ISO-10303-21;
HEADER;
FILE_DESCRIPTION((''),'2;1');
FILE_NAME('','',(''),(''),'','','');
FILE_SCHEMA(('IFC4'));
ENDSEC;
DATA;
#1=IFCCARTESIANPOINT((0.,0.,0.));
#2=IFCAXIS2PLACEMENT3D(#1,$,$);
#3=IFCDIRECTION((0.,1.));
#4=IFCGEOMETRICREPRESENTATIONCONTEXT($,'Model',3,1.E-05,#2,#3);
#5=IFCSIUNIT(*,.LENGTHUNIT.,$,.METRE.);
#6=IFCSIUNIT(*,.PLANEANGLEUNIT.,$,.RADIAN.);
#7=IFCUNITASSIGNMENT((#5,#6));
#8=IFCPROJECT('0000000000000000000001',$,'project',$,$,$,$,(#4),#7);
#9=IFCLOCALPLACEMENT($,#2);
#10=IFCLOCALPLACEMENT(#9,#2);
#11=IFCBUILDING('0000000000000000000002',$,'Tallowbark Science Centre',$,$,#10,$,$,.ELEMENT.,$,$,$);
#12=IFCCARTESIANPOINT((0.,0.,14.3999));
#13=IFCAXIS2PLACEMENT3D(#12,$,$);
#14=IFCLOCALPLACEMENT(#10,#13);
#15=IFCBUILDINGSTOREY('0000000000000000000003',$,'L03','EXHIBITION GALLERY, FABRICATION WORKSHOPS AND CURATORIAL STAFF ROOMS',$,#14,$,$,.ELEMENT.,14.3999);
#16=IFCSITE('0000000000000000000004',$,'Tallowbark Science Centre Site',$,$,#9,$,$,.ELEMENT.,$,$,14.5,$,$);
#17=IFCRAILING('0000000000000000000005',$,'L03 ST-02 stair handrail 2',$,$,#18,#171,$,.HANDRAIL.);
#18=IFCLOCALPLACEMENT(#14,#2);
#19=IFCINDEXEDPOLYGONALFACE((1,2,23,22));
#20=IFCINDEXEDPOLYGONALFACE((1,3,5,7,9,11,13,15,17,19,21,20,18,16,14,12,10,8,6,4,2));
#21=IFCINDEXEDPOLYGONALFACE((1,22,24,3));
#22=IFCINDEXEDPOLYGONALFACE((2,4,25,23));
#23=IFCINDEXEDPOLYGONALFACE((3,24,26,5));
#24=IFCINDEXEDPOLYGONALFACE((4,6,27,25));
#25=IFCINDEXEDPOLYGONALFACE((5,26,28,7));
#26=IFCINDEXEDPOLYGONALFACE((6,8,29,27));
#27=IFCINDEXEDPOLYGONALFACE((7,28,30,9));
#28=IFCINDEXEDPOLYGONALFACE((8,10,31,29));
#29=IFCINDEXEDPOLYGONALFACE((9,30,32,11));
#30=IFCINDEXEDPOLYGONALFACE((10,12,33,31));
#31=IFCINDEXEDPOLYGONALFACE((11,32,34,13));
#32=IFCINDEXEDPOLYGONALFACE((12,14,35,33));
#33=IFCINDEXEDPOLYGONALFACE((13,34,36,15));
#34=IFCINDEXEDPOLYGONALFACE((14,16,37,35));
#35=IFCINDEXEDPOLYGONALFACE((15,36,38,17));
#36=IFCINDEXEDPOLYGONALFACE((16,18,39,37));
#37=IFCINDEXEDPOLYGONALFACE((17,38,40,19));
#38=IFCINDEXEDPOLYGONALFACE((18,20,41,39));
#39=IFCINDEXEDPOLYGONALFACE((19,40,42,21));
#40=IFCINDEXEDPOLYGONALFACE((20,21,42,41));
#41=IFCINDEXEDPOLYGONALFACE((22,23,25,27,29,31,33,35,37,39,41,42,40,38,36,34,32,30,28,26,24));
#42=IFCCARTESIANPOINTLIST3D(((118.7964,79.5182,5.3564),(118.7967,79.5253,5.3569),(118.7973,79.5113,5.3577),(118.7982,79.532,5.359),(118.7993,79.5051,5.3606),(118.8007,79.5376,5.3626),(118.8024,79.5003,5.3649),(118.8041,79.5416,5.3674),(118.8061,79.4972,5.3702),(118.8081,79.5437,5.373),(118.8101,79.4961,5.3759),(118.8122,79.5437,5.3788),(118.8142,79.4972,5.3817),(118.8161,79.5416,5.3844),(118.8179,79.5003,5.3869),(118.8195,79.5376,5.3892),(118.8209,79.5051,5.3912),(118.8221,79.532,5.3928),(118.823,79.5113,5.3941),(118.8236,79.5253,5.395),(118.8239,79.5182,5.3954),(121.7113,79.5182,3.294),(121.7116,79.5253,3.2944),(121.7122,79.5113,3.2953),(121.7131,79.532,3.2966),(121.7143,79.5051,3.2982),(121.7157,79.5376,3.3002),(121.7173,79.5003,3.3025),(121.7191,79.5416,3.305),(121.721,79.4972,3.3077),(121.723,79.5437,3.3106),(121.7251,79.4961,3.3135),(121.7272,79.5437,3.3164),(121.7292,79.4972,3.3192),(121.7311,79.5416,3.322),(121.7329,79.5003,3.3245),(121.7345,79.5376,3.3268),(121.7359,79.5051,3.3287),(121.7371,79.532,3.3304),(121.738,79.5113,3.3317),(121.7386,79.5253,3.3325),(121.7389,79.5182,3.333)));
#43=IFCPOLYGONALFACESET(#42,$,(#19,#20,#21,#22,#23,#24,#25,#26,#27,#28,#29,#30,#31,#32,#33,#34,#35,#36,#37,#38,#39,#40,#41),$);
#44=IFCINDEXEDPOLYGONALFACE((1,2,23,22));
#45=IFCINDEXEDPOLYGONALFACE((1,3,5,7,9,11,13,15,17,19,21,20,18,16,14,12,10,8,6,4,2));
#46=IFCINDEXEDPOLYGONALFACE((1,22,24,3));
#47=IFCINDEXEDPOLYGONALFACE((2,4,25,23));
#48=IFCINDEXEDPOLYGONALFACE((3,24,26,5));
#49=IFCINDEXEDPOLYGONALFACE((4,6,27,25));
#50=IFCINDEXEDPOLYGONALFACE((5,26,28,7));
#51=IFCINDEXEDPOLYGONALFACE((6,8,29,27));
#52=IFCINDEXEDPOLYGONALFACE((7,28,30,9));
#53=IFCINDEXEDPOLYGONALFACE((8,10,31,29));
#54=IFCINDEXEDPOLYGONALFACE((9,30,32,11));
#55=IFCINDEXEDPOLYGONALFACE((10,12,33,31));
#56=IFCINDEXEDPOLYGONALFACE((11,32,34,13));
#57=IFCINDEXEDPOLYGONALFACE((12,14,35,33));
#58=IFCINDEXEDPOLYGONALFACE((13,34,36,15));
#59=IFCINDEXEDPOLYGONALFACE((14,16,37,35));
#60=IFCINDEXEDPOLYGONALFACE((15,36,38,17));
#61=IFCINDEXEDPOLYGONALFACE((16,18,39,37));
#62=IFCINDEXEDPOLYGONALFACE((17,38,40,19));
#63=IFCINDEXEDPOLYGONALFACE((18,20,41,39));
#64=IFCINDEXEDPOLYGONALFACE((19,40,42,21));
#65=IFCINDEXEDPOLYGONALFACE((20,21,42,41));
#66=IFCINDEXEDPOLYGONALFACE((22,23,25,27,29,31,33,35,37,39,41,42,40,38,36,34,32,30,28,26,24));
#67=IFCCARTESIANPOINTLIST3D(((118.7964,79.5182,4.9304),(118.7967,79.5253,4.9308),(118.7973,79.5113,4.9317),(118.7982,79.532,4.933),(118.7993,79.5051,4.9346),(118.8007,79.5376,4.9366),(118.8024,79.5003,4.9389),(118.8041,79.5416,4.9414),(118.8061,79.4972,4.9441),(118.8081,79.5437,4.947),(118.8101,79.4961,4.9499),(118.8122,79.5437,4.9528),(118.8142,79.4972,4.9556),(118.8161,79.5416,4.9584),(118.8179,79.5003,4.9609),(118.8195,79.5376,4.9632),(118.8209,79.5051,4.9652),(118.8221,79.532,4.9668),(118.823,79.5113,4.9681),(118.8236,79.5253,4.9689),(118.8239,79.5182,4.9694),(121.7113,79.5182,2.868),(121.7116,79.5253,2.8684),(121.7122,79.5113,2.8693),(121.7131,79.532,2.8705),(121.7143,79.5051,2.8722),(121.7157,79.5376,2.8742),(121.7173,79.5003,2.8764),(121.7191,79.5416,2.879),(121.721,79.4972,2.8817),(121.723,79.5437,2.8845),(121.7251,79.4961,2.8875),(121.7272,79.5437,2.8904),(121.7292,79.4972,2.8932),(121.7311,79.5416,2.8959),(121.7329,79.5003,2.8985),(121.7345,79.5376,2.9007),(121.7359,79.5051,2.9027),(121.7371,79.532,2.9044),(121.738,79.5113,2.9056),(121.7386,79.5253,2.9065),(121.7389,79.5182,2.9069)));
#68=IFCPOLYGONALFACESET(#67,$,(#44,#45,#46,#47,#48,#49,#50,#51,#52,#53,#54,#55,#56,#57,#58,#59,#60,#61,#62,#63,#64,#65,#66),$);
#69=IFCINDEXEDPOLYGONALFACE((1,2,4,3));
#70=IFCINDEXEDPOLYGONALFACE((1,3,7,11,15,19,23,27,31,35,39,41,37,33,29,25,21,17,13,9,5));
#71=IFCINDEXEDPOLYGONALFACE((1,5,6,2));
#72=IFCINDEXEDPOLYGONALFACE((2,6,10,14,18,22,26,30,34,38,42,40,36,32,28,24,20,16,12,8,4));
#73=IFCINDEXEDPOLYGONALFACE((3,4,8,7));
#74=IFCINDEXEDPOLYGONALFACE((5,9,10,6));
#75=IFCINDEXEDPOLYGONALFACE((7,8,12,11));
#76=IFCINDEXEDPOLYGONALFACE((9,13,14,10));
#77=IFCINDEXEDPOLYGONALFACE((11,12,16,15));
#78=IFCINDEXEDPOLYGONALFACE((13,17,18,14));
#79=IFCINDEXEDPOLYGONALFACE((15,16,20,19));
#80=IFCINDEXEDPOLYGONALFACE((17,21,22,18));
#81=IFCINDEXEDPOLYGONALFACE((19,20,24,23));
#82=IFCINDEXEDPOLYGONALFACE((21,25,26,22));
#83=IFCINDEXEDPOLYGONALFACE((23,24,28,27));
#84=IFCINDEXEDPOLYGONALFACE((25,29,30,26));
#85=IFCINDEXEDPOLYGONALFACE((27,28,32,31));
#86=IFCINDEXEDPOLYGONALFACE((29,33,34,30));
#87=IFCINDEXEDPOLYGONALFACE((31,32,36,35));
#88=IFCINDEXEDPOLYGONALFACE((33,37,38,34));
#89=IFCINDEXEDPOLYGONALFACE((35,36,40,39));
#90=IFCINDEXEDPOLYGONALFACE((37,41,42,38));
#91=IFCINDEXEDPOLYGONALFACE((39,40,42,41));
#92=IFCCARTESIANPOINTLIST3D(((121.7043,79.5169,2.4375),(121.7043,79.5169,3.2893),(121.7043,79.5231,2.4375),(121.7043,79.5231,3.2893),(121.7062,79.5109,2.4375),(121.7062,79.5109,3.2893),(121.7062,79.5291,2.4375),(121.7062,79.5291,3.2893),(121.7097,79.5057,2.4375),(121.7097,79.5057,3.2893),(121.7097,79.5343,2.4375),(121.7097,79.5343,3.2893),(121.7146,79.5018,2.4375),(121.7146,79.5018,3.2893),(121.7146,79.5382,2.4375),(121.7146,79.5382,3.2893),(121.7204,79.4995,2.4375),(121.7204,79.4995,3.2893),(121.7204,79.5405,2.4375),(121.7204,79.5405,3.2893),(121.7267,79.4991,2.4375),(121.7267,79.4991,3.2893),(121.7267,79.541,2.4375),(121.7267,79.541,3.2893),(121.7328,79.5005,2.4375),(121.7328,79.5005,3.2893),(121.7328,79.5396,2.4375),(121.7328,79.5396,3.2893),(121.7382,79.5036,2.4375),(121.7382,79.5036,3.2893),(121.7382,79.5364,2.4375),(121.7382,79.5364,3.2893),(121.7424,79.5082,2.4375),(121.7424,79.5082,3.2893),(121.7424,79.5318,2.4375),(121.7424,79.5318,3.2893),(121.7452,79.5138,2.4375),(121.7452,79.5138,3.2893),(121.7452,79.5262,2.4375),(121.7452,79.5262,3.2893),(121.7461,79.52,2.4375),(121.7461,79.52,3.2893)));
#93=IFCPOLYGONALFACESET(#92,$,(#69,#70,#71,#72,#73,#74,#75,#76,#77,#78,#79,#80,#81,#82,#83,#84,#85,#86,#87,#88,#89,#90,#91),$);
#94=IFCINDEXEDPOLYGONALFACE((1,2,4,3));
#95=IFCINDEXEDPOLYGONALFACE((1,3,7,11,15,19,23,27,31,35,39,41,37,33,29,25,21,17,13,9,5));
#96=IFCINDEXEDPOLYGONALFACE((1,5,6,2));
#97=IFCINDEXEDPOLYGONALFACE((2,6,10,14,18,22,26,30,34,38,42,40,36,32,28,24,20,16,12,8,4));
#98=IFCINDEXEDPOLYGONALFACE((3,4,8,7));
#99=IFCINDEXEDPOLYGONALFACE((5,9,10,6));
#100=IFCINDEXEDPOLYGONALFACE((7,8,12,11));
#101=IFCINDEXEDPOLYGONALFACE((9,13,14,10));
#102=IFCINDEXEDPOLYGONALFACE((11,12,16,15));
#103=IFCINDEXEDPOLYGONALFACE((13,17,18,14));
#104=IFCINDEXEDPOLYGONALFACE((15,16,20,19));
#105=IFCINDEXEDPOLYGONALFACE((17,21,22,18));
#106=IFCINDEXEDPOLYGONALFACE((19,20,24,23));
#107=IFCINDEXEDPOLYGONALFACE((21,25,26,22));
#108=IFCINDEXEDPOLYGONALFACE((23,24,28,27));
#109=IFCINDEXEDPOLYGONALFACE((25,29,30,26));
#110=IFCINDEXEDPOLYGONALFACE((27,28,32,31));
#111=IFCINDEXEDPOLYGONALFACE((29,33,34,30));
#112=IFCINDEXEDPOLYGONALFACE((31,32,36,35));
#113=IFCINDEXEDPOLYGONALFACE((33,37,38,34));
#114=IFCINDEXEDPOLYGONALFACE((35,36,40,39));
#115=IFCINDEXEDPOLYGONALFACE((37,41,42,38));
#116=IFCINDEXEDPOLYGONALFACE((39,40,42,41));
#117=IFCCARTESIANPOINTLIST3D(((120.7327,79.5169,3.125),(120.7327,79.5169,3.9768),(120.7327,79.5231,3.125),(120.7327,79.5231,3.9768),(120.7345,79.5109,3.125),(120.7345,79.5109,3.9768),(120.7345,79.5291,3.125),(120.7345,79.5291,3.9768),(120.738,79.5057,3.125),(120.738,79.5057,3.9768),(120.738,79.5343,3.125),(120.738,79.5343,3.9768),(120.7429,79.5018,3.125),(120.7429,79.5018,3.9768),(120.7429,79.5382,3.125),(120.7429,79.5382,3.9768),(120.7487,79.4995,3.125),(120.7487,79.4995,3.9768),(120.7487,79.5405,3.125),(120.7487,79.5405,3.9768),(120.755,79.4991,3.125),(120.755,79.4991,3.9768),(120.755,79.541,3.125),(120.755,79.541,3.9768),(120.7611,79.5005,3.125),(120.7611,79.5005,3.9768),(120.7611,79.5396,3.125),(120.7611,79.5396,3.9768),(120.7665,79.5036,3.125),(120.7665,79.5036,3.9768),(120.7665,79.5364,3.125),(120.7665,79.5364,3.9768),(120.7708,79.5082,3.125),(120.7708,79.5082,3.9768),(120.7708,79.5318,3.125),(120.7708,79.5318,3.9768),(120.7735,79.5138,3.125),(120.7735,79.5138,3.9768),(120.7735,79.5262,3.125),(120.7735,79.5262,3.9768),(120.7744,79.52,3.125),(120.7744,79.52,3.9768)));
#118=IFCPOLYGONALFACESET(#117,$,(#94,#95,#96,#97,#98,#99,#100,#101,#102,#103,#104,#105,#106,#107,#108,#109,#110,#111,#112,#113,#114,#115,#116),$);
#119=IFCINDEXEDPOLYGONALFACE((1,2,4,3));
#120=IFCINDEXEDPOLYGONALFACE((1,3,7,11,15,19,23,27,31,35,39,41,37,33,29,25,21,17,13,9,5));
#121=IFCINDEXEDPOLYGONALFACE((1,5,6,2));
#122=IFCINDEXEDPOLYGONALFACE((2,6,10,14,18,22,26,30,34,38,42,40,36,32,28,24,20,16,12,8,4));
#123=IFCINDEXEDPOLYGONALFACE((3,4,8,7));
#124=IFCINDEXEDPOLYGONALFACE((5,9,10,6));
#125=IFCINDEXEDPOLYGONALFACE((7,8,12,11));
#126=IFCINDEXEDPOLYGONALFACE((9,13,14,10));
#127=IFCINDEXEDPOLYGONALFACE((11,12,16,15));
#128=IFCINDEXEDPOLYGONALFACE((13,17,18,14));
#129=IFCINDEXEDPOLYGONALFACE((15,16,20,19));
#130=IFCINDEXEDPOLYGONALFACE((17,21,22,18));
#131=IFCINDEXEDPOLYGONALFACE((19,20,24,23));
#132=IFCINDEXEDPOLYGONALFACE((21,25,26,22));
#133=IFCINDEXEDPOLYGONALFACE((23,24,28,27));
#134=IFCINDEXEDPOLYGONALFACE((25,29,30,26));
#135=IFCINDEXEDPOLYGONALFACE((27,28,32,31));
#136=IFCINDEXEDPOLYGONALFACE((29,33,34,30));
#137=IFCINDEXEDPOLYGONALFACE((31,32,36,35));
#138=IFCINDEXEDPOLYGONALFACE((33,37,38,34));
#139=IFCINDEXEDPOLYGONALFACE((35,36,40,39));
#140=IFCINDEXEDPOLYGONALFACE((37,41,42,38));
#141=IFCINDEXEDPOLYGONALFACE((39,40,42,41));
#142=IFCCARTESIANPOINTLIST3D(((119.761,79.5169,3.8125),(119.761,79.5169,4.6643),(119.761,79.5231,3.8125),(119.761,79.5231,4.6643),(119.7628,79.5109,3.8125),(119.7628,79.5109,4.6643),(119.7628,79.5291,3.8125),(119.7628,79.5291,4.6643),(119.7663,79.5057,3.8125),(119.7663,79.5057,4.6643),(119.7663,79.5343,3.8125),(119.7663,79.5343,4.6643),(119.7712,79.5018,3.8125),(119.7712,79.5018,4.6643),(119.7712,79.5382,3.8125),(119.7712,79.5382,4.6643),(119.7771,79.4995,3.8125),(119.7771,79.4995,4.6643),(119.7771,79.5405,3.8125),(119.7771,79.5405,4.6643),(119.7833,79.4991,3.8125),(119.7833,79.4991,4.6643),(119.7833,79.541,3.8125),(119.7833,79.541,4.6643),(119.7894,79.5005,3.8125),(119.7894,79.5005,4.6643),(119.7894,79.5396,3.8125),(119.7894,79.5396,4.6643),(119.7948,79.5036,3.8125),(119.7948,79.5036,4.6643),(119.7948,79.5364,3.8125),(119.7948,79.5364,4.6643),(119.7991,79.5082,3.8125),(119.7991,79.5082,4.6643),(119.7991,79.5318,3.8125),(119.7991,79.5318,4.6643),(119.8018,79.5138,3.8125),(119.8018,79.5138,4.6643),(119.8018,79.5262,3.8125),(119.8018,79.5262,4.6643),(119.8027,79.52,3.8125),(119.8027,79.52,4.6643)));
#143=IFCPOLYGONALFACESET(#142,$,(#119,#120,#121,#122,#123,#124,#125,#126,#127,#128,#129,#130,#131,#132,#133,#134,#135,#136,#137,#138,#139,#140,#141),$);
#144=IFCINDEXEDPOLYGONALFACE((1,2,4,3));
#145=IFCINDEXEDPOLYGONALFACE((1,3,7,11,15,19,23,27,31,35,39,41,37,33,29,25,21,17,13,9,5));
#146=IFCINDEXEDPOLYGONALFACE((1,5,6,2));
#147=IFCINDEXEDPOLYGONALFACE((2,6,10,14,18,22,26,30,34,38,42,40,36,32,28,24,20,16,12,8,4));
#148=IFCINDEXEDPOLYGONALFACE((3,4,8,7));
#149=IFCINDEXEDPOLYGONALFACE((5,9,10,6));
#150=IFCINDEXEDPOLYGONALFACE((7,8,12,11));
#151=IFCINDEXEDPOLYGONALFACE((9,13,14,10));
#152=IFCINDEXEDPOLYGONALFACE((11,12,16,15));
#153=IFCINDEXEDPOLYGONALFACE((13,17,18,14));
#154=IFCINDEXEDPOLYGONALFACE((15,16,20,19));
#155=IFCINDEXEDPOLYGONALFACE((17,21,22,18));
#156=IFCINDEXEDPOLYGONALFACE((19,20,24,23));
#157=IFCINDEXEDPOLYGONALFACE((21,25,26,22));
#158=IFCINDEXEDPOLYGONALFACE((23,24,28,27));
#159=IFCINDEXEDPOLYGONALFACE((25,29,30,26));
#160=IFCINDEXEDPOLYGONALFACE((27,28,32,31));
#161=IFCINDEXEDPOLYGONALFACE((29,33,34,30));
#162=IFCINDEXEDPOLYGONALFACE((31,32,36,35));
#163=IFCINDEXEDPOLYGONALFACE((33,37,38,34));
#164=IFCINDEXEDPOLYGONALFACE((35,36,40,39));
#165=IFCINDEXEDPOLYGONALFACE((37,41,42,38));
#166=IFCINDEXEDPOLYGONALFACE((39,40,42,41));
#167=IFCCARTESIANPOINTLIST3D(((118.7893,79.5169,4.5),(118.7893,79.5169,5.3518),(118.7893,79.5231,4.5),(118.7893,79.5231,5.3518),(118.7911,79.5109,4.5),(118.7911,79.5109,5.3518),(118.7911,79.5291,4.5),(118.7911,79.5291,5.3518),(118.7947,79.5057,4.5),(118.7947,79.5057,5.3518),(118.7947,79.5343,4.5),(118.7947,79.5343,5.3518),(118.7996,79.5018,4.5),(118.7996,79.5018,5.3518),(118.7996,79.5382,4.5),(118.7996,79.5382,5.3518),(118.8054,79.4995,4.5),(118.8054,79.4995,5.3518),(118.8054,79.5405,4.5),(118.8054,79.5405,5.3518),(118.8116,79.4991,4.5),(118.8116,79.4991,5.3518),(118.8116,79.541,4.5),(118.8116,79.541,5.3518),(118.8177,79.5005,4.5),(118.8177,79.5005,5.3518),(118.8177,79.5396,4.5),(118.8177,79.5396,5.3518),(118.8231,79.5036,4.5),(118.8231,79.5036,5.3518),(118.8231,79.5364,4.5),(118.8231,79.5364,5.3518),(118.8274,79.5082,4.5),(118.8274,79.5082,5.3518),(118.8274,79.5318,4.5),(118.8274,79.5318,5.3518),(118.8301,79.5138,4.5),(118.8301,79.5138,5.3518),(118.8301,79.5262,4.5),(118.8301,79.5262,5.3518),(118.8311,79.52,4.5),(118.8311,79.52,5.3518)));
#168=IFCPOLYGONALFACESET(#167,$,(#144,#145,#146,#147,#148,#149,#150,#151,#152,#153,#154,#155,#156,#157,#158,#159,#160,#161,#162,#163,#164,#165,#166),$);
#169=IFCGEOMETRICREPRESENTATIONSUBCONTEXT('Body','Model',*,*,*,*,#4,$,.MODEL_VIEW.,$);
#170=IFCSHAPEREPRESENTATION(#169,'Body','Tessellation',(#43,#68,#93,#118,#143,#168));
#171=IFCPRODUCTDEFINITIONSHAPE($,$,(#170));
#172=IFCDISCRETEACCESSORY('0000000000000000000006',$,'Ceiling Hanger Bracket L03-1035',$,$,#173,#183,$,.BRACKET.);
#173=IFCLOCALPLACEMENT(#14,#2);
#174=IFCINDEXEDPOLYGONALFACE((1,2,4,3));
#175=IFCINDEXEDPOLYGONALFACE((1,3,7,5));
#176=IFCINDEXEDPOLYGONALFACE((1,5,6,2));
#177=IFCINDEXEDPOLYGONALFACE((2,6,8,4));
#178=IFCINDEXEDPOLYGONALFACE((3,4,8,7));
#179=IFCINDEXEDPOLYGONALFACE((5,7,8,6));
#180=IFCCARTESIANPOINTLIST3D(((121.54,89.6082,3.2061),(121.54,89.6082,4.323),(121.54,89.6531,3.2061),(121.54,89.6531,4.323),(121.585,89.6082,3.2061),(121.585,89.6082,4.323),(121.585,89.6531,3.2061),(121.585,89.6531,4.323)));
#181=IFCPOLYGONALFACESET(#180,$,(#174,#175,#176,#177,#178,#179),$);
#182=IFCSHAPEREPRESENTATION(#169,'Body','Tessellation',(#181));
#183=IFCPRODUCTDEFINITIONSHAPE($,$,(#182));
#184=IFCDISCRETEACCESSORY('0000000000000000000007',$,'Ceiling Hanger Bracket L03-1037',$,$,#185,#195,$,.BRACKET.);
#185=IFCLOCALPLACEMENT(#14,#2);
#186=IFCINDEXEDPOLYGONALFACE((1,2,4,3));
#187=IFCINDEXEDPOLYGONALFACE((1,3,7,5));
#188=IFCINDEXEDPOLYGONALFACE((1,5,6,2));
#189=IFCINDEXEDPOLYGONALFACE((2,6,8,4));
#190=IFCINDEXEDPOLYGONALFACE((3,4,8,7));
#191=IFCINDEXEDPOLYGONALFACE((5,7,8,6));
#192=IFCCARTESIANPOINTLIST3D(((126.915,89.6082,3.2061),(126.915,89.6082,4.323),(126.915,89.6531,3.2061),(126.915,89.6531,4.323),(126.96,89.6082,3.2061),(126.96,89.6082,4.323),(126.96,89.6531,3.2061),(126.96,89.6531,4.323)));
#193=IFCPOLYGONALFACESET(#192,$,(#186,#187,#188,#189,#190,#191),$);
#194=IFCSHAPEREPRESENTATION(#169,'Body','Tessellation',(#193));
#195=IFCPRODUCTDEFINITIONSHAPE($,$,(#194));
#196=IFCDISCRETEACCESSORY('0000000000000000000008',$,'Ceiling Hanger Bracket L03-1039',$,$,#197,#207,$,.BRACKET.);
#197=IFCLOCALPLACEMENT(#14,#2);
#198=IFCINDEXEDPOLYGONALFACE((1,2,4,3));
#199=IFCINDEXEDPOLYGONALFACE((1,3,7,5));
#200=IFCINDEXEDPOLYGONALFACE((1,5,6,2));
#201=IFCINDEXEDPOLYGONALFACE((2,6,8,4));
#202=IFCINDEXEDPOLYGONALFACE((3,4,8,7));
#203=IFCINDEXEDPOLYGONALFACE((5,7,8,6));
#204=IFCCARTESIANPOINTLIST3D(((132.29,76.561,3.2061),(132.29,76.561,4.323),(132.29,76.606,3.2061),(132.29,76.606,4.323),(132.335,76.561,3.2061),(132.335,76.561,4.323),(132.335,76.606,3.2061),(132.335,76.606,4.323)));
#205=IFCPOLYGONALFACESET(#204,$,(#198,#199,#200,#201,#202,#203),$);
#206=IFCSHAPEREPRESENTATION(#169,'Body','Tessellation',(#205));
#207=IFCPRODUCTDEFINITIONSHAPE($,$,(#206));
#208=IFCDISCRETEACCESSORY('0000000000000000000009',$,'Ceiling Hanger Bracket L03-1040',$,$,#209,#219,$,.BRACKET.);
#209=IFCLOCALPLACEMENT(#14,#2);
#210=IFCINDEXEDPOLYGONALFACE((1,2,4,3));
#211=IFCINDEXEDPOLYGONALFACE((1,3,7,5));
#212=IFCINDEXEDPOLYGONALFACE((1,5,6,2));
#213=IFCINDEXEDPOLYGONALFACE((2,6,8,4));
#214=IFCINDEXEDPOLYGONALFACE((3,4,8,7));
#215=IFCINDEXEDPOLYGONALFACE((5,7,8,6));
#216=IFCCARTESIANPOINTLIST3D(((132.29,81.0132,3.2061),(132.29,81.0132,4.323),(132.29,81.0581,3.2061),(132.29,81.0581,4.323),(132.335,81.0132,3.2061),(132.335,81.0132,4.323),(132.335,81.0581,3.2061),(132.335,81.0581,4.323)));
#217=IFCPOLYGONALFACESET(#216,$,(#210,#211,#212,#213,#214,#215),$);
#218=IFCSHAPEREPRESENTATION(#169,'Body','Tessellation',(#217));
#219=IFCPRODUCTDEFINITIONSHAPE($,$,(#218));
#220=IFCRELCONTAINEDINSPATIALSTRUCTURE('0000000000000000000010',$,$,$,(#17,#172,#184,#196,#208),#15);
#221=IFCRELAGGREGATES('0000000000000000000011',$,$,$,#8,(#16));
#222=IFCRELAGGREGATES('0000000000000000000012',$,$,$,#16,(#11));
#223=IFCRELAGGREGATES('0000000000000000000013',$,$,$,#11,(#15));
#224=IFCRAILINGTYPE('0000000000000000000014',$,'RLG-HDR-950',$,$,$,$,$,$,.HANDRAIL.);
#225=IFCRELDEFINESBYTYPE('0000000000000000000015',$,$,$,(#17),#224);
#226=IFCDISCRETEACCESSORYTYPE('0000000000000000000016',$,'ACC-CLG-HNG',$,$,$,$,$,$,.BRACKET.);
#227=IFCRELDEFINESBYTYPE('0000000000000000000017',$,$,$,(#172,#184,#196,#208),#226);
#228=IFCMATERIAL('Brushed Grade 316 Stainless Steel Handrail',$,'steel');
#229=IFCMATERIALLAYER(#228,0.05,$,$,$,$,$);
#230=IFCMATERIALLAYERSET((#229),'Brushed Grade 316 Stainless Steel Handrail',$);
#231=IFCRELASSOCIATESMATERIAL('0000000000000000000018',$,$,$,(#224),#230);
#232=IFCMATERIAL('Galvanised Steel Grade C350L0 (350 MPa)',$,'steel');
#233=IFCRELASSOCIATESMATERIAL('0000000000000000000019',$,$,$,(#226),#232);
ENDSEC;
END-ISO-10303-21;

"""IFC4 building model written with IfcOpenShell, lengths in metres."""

from ifc_helpers import new_model, si_unit, direction, frame, origin, origin_2d, place, context, subcontext, project, spatial, rectangle, circle, extrude, material, layer, layer_set, type_object, element, save


model = new_model("IFC4")

# Units and contexts
model_context = context("Model", 3, precision=1e-05, world=origin(), true_north=direction((0.0, 1.0)))
body_context = subcontext(model_context, "Body", "Model", "MODEL_VIEW")
ifc_project = project(units=[si_unit("LENGTHUNIT", "METRE"), si_unit("PLANEANGLEUNIT", "RADIAN")], contexts=[model_context])

# Site, building, storey
site_placement = place(None, origin())
site = spatial("IfcSite", under=ifc_project, at=site_placement, Name="Tallowbark Science Centre Site", CompositionType="ELEMENT", RefElevation=14.5)
building_placement = place(site_placement, origin())
building = spatial("IfcBuilding", under=site, at=building_placement, Name="Tallowbark Science Centre", CompositionType="ELEMENT")
storey_placement = place(building_placement, frame((0.0, 0.0, 14.3999)))
storey = spatial("IfcBuildingStorey", under=building, at=storey_placement, Name="L03", Description="EXHIBITION GALLERY, FABRICATION WORKSHOPS AND CURATORIAL STAFF ROOMS", CompositionType="ELEMENT", Elevation=14.3999)

# Railing
ifc_material_1 = material(Name="Brushed Grade 316 Stainless Steel Handrail", Category="steel")
ifc_layer_1 = layer(ifc_material_1, 0.05)
ifc_layer_set_1 = layer_set([ifc_layer_1], Name="Brushed Grade 316 Stainless Steel Handrail")
railing_type_1 = type_object("IfcRailingType", Name="RLG-HDR-950", PredefinedType="HANDRAIL", material=ifc_layer_set_1)
railing_1_placement = place(storey_placement, frame((121.7251, 79.52, 2.4375)))
element("IfcRailing", 1, at=railing_1_placement, inside=storey, type_object=railing_type_1, Name="L03 ST-02 stair handrail 2", PredefinedType="HANDRAIL", context=body_context, shape_type="SweptSolid", body=[
    extrude(circle(Radius=0.0239, at=origin_2d()), frame((0.0, 0.0, 0.876), z_axis=(-0.816331, 0.0, 0.577585), x_axis=(0.0, -1.0, 0.0)), (0.0, 0.0, 1.0), 3.5708),
    extrude(circle(Radius=0.0239, at=origin_2d()), frame((0.0, 0.0, 0.45), z_axis=(-0.816331, 0.0, 0.577585), x_axis=(0.0, -1.0, 0.0)), (0.0, 0.0, 1.0), 3.5708),
    extrude(circle(Radius=0.021, at=origin_2d()), origin(), (0.0, 0.0, 1.0), 0.8518),
    extrude(circle(Radius=0.021, at=origin_2d()), frame((-0.9717, 0.0, 0.6875)), (0.0, 0.0, 1.0), 0.8518),
    extrude(circle(Radius=0.021, at=origin_2d()), frame((-1.9434, 0.0, 1.375)), (0.0, 0.0, 1.0), 0.8518),
    extrude(circle(Radius=0.021, at=origin_2d()), frame((-2.915, 0.0, 2.0625)), (0.0, 0.0, 1.0), 0.8518),
])

# Discrete accessories
ifc_material_2 = material(Name="Galvanised Steel Grade C350L0 (350 MPa)", Category="steel")
discrete_accessory_type = type_object("IfcDiscreteAccessoryType", Name="ACC-CLG-HNG", PredefinedType="BRACKET", material=ifc_material_2)
for number, where, z_axis, x_axis, name in (
    (2, (121.5625, 89.6306, 3.2061), (0.0, 0.0, 1.0), (1.0, 0.0, 0.0), "Ceiling Hanger Bracket L03-1035"),
    (3, (126.9375, 89.6306, 3.2061), (0.0, 0.0, 1.0), (1.0, 0.0, 0.0), "Ceiling Hanger Bracket L03-1037"),
    (4, (132.3125, 76.5835, 3.2061), (0.0, 0.0, 1.0), (1.0, 0.0, 0.0), "Ceiling Hanger Bracket L03-1039"),
    (5, (132.3125, 81.0356, 3.2061), (0.0, 0.0, 1.0), (1.0, 0.0, 0.0), "Ceiling Hanger Bracket L03-1040"),
):
    element("IfcDiscreteAccessory", number, at=place(storey_placement, frame(where, z_axis=z_axis, x_axis=x_axis)), inside=storey, type_object=discrete_accessory_type, Name=name, PredefinedType="BRACKET", context=body_context, shape_type="SweptSolid", body=[
        extrude(rectangle(XDim=0.0449, YDim=0.0449, at=origin_2d()), origin(), (0.0, 0.0, 1.0), 1.1169),
    ])

save(model, "model.ifc")
